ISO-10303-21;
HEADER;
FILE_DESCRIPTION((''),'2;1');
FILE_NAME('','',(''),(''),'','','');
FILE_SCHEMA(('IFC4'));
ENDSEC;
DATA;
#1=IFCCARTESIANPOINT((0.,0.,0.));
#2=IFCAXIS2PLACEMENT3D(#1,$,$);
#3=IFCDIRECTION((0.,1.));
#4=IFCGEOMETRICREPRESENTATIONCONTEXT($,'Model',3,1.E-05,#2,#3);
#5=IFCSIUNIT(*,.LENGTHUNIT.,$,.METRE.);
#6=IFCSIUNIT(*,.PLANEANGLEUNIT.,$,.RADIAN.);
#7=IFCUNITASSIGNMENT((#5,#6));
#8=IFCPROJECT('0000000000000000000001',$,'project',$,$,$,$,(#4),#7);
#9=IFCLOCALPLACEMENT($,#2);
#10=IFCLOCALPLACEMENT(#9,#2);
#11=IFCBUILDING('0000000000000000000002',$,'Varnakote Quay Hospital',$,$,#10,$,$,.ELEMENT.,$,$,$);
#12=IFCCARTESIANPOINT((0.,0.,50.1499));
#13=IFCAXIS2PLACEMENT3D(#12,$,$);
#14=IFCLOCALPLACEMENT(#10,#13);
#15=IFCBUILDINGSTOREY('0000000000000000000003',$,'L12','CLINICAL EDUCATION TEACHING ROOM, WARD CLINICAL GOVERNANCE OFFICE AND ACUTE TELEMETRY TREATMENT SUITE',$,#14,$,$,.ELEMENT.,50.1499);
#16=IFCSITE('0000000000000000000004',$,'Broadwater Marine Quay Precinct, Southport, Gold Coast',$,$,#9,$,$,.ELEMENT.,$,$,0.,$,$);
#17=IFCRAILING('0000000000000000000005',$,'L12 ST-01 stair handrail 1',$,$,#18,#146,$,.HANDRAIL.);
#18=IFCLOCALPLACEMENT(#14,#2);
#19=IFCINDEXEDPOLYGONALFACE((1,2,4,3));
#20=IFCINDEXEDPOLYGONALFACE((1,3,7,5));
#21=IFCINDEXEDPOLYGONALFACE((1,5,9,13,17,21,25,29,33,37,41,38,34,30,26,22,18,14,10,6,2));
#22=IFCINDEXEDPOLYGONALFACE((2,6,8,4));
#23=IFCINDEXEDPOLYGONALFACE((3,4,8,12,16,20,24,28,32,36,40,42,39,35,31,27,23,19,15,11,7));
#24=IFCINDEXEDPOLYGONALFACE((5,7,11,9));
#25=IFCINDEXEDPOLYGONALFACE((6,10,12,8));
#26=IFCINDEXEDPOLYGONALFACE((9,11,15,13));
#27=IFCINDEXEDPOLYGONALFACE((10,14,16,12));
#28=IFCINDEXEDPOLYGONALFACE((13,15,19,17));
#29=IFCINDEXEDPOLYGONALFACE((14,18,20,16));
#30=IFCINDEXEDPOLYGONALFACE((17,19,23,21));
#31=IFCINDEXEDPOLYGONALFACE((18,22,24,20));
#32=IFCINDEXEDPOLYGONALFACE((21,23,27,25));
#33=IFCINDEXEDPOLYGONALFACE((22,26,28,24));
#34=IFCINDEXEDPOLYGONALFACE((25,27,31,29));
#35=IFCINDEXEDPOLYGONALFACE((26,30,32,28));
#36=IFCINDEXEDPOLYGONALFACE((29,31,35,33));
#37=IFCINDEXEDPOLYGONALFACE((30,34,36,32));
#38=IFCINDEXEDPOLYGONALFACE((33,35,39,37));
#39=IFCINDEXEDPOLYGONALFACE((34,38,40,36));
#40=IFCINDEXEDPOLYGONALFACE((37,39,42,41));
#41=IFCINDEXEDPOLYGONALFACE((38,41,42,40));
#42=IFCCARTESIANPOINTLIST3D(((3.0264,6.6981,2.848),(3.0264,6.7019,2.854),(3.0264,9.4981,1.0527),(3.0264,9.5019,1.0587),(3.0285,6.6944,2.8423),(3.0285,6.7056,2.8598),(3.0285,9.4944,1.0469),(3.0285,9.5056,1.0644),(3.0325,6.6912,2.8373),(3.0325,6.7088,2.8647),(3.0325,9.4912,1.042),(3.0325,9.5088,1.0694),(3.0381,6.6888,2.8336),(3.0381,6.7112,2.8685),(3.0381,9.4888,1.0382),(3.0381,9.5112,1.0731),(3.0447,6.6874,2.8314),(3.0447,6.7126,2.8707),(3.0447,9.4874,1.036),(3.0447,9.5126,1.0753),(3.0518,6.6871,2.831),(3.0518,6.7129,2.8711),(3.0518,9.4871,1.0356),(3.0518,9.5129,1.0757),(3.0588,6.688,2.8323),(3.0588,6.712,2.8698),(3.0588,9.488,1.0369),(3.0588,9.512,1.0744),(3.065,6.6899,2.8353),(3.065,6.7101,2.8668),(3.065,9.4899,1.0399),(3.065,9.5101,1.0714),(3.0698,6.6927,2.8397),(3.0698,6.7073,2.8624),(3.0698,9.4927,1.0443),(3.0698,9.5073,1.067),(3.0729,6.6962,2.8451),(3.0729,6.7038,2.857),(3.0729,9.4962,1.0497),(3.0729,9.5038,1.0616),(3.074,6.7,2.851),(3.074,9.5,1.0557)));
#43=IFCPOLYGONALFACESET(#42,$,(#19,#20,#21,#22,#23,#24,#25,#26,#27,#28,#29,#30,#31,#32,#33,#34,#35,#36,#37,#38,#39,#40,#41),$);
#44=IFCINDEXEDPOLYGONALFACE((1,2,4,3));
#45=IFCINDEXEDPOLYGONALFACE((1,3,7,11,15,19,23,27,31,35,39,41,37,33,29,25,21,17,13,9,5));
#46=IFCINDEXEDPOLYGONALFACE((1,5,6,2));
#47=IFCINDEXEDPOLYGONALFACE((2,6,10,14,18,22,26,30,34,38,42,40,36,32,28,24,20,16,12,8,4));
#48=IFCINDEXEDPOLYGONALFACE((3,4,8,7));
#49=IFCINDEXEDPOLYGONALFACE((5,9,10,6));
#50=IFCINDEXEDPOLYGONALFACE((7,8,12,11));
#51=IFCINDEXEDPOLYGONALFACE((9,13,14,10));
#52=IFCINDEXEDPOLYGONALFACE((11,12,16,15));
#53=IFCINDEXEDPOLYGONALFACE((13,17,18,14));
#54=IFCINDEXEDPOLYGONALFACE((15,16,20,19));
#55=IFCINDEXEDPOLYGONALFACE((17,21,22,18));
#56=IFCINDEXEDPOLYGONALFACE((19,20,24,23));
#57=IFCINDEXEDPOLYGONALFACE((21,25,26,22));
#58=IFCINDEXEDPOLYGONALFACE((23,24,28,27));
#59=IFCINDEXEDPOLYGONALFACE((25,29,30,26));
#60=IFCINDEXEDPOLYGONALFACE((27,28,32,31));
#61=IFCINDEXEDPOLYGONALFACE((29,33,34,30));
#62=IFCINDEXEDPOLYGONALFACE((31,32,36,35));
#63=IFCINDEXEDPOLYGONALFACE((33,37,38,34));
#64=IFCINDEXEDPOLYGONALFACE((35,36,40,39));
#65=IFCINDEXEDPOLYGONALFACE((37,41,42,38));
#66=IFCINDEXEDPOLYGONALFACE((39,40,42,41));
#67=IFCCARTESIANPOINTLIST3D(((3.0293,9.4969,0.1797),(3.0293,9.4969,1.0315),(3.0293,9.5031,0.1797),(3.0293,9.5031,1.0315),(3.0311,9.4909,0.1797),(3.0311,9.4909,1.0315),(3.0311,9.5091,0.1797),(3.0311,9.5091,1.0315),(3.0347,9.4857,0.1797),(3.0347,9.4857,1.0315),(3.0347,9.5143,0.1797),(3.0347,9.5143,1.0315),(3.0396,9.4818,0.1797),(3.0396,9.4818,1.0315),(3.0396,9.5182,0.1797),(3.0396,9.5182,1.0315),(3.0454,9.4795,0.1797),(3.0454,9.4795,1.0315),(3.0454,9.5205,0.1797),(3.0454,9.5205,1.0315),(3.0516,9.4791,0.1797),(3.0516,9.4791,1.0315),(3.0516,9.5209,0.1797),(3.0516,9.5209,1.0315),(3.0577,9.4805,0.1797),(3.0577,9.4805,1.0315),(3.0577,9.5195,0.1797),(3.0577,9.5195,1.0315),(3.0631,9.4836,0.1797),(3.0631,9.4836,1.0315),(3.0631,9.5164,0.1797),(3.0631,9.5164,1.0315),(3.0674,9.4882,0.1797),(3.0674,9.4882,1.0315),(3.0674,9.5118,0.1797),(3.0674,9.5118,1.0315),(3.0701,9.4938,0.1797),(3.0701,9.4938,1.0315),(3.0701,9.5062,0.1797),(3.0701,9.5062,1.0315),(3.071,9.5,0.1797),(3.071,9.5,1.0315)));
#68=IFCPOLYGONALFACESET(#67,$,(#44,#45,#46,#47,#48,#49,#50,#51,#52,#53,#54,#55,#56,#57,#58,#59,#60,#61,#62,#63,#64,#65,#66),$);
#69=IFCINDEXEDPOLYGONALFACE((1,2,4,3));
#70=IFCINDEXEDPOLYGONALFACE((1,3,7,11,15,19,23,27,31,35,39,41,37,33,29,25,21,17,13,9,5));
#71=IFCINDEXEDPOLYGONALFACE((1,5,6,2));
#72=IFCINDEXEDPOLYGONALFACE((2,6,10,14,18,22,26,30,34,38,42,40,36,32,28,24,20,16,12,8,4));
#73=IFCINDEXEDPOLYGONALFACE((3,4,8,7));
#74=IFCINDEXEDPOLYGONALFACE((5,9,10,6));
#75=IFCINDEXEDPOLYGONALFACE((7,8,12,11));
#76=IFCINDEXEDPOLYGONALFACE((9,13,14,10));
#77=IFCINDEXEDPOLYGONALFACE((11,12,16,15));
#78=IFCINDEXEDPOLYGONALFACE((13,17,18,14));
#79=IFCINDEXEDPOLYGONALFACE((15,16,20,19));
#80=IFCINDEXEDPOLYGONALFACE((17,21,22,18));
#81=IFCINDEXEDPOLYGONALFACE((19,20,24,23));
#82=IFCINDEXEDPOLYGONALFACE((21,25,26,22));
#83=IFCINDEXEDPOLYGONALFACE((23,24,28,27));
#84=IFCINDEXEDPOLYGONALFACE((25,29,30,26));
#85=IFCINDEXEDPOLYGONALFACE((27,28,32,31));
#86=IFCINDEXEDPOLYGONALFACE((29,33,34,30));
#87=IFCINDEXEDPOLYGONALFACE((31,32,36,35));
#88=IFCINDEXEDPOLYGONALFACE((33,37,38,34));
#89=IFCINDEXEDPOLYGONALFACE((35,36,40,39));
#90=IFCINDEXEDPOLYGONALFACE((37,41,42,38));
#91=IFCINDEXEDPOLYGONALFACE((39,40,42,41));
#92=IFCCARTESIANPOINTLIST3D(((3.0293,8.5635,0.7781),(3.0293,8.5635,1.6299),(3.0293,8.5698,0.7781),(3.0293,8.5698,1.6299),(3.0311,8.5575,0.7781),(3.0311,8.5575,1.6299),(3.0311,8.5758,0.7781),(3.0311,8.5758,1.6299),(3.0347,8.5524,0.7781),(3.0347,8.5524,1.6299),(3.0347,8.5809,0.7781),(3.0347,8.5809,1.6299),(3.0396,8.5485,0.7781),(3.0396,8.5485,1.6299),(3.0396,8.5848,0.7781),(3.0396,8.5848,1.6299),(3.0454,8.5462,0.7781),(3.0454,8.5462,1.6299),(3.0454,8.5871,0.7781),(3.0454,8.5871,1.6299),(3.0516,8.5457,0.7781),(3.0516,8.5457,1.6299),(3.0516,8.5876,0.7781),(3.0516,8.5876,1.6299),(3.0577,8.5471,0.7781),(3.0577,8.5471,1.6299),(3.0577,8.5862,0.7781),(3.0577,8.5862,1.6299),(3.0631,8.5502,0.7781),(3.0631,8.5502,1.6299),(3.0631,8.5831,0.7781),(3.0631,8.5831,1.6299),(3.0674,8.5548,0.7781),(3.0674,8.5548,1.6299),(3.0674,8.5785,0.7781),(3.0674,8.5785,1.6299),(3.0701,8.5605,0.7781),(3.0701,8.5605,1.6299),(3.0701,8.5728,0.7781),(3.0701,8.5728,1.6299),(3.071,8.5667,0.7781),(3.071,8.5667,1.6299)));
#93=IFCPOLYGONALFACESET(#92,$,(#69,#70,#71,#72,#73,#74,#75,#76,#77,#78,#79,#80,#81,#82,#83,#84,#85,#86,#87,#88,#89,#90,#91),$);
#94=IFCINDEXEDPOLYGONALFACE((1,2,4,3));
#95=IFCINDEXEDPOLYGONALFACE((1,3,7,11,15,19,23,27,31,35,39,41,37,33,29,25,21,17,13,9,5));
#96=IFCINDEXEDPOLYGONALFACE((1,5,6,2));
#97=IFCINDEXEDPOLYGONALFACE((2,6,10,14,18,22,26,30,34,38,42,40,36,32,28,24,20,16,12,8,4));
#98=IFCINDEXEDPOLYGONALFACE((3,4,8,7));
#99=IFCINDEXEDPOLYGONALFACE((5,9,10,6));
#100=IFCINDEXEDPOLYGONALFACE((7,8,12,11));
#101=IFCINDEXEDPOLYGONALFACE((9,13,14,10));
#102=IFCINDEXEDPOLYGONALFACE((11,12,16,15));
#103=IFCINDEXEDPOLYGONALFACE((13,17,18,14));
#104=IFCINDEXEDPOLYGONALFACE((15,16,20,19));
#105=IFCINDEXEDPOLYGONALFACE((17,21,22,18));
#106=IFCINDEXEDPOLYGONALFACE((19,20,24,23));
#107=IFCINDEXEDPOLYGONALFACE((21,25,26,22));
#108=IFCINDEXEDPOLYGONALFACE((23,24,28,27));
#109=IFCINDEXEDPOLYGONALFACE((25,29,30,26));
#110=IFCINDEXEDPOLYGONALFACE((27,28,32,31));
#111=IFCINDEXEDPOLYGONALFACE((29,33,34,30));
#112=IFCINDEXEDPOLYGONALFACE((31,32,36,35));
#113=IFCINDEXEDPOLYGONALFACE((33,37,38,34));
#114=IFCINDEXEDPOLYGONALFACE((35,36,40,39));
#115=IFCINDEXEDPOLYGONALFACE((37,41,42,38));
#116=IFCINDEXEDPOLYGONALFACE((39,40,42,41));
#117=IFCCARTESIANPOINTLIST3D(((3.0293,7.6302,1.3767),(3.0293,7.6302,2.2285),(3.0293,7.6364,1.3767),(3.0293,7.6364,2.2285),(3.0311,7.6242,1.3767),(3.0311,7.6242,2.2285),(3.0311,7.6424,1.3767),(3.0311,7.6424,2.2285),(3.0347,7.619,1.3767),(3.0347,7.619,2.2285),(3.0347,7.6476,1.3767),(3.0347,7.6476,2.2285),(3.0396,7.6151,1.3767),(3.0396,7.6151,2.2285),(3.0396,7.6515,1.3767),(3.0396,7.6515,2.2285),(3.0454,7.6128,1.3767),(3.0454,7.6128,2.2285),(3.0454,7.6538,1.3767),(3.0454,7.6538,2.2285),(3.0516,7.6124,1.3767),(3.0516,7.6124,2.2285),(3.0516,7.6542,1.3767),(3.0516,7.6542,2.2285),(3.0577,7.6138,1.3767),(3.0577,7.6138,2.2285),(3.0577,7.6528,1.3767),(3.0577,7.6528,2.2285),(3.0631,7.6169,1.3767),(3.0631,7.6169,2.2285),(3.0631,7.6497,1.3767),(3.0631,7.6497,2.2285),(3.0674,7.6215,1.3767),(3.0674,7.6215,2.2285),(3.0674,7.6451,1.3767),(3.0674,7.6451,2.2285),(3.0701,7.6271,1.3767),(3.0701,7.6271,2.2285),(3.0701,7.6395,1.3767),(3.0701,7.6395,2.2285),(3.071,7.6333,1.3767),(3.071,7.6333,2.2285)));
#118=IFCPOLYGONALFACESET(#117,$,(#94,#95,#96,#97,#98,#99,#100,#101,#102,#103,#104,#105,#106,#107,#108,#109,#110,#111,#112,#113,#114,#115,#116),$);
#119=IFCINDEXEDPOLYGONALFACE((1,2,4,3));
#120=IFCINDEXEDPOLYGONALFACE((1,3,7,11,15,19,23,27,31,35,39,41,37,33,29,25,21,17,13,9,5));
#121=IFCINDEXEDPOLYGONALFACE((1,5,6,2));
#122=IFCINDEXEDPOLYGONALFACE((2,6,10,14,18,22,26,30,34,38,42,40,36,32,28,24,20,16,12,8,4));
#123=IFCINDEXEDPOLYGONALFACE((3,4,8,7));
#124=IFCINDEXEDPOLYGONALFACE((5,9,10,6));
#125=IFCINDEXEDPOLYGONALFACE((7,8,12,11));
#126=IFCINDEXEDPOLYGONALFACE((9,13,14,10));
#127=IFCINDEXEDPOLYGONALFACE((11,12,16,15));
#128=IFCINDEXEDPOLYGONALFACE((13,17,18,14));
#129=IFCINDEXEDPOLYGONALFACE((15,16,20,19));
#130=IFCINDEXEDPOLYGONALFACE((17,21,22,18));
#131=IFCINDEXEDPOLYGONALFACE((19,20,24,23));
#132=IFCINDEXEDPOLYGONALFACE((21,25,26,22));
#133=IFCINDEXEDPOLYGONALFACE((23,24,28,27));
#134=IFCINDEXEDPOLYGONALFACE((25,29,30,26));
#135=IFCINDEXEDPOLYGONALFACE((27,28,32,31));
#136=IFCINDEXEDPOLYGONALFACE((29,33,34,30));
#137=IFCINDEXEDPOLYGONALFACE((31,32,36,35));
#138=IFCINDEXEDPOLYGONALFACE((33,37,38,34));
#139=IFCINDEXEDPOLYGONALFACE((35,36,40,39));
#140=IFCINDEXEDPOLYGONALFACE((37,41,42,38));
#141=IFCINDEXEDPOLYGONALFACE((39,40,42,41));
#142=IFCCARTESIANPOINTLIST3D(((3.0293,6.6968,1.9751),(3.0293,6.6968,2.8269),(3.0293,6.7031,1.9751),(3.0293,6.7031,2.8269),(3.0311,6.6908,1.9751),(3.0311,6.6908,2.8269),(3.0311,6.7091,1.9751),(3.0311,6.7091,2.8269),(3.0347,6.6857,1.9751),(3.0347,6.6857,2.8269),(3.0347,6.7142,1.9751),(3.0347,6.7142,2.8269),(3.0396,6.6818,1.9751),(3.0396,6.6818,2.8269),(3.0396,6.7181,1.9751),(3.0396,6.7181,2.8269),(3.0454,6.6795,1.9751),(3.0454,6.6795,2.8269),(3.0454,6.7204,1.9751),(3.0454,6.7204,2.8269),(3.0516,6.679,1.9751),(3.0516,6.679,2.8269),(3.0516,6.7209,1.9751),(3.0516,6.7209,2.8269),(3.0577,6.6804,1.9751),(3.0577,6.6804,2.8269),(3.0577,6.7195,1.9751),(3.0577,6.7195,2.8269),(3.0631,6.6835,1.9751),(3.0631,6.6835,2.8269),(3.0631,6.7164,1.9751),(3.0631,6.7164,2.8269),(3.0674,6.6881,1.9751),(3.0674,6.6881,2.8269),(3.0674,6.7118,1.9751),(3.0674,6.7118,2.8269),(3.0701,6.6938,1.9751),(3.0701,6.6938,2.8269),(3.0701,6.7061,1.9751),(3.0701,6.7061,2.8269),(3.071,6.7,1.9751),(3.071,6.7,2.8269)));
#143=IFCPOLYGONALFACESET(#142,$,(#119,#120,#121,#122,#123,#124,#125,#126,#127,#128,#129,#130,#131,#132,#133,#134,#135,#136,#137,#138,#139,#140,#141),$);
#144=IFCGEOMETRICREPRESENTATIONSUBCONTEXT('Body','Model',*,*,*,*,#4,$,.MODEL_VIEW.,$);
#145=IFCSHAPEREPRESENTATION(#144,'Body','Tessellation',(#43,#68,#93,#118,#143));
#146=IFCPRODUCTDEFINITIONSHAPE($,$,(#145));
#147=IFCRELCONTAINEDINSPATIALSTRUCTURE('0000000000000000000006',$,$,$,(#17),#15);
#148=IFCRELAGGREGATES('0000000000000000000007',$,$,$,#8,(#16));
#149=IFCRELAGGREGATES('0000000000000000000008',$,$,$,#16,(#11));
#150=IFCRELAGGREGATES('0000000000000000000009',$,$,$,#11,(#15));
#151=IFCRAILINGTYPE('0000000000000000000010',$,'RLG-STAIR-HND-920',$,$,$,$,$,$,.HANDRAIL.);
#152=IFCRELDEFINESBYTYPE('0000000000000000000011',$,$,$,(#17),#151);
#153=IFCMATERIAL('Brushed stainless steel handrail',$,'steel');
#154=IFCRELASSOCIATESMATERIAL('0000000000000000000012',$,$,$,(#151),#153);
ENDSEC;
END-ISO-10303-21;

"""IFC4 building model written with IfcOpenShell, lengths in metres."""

from ifc_helpers import new_model, si_unit, direction, frame, origin, origin_2d, place, context, subcontext, project, spatial, circle, extrude, material, type_object, element, save


model = new_model("IFC4")

# Units and contexts
model_context = context("Model", 3, precision=1e-05, world=origin(), true_north=direction((0.0, 1.0)))
body_context = subcontext(model_context, "Body", "Model", "MODEL_VIEW")
ifc_project = project(units=[si_unit("LENGTHUNIT", "METRE"), si_unit("PLANEANGLEUNIT", "RADIAN")], contexts=[model_context])

# Site, building, storey
site_placement = place(None, origin())
site = spatial("IfcSite", under=ifc_project, at=site_placement, Name="Broadwater Marine Quay Precinct, Southport, Gold Coast", CompositionType="ELEMENT", RefElevation=0.0)
building_placement = place(site_placement, origin())
building = spatial("IfcBuilding", under=site, at=building_placement, Name="Varnakote Quay Hospital", CompositionType="ELEMENT")
storey_placement = place(building_placement, frame((0.0, 0.0, 50.1499)))
storey = spatial("IfcBuildingStorey", under=building, at=storey_placement, Name="L12", Description="CLINICAL EDUCATION TEACHING ROOM, WARD CLINICAL GOVERNANCE OFFICE AND ACUTE TELEMETRY TREATMENT SUITE", CompositionType="ELEMENT", Elevation=50.1499)

# Railing
ifc_material_1 = material(Name="Brushed stainless steel handrail", Category="steel")
railing_type_1 = type_object("IfcRailingType", Name="RLG-STAIR-HND-920", PredefinedType="HANDRAIL", material=ifc_material_1)
railing_1_placement = place(storey_placement, frame((3.05, 9.5, 0.1797)))
element("IfcRailing", 1, at=railing_1_placement, inside=storey, type_object=railing_type_1, Name="L12 ST-01 stair handrail 1", PredefinedType="HANDRAIL", context=body_context, shape_type="SweptSolid", body=[
    extrude(circle(Radius=0.0239, at=origin_2d()), frame((0.0, 0.0, 0.876), z_axis=(0.0, -0.84181, 0.539774), x_axis=(1.0, 0.0, 0.0)), (0.0, 0.0, 1.0), 3.3262),
    extrude(circle(Radius=0.021, at=origin_2d()), origin(), (0.0, 0.0, 1.0), 0.8518),
    extrude(circle(Radius=0.021, at=origin_2d()), frame((0.0, -0.9333, 0.5984)), (0.0, 0.0, 1.0), 0.8518),
    extrude(circle(Radius=0.021, at=origin_2d()), frame((0.0, -1.8667, 1.197)), (0.0, 0.0, 1.0), 0.8518),
    extrude(circle(Radius=0.021, at=origin_2d()), frame((0.0, -2.8, 1.7954)), (0.0, 0.0, 1.0), 0.8518),
])

save(model, "model.ifc")
